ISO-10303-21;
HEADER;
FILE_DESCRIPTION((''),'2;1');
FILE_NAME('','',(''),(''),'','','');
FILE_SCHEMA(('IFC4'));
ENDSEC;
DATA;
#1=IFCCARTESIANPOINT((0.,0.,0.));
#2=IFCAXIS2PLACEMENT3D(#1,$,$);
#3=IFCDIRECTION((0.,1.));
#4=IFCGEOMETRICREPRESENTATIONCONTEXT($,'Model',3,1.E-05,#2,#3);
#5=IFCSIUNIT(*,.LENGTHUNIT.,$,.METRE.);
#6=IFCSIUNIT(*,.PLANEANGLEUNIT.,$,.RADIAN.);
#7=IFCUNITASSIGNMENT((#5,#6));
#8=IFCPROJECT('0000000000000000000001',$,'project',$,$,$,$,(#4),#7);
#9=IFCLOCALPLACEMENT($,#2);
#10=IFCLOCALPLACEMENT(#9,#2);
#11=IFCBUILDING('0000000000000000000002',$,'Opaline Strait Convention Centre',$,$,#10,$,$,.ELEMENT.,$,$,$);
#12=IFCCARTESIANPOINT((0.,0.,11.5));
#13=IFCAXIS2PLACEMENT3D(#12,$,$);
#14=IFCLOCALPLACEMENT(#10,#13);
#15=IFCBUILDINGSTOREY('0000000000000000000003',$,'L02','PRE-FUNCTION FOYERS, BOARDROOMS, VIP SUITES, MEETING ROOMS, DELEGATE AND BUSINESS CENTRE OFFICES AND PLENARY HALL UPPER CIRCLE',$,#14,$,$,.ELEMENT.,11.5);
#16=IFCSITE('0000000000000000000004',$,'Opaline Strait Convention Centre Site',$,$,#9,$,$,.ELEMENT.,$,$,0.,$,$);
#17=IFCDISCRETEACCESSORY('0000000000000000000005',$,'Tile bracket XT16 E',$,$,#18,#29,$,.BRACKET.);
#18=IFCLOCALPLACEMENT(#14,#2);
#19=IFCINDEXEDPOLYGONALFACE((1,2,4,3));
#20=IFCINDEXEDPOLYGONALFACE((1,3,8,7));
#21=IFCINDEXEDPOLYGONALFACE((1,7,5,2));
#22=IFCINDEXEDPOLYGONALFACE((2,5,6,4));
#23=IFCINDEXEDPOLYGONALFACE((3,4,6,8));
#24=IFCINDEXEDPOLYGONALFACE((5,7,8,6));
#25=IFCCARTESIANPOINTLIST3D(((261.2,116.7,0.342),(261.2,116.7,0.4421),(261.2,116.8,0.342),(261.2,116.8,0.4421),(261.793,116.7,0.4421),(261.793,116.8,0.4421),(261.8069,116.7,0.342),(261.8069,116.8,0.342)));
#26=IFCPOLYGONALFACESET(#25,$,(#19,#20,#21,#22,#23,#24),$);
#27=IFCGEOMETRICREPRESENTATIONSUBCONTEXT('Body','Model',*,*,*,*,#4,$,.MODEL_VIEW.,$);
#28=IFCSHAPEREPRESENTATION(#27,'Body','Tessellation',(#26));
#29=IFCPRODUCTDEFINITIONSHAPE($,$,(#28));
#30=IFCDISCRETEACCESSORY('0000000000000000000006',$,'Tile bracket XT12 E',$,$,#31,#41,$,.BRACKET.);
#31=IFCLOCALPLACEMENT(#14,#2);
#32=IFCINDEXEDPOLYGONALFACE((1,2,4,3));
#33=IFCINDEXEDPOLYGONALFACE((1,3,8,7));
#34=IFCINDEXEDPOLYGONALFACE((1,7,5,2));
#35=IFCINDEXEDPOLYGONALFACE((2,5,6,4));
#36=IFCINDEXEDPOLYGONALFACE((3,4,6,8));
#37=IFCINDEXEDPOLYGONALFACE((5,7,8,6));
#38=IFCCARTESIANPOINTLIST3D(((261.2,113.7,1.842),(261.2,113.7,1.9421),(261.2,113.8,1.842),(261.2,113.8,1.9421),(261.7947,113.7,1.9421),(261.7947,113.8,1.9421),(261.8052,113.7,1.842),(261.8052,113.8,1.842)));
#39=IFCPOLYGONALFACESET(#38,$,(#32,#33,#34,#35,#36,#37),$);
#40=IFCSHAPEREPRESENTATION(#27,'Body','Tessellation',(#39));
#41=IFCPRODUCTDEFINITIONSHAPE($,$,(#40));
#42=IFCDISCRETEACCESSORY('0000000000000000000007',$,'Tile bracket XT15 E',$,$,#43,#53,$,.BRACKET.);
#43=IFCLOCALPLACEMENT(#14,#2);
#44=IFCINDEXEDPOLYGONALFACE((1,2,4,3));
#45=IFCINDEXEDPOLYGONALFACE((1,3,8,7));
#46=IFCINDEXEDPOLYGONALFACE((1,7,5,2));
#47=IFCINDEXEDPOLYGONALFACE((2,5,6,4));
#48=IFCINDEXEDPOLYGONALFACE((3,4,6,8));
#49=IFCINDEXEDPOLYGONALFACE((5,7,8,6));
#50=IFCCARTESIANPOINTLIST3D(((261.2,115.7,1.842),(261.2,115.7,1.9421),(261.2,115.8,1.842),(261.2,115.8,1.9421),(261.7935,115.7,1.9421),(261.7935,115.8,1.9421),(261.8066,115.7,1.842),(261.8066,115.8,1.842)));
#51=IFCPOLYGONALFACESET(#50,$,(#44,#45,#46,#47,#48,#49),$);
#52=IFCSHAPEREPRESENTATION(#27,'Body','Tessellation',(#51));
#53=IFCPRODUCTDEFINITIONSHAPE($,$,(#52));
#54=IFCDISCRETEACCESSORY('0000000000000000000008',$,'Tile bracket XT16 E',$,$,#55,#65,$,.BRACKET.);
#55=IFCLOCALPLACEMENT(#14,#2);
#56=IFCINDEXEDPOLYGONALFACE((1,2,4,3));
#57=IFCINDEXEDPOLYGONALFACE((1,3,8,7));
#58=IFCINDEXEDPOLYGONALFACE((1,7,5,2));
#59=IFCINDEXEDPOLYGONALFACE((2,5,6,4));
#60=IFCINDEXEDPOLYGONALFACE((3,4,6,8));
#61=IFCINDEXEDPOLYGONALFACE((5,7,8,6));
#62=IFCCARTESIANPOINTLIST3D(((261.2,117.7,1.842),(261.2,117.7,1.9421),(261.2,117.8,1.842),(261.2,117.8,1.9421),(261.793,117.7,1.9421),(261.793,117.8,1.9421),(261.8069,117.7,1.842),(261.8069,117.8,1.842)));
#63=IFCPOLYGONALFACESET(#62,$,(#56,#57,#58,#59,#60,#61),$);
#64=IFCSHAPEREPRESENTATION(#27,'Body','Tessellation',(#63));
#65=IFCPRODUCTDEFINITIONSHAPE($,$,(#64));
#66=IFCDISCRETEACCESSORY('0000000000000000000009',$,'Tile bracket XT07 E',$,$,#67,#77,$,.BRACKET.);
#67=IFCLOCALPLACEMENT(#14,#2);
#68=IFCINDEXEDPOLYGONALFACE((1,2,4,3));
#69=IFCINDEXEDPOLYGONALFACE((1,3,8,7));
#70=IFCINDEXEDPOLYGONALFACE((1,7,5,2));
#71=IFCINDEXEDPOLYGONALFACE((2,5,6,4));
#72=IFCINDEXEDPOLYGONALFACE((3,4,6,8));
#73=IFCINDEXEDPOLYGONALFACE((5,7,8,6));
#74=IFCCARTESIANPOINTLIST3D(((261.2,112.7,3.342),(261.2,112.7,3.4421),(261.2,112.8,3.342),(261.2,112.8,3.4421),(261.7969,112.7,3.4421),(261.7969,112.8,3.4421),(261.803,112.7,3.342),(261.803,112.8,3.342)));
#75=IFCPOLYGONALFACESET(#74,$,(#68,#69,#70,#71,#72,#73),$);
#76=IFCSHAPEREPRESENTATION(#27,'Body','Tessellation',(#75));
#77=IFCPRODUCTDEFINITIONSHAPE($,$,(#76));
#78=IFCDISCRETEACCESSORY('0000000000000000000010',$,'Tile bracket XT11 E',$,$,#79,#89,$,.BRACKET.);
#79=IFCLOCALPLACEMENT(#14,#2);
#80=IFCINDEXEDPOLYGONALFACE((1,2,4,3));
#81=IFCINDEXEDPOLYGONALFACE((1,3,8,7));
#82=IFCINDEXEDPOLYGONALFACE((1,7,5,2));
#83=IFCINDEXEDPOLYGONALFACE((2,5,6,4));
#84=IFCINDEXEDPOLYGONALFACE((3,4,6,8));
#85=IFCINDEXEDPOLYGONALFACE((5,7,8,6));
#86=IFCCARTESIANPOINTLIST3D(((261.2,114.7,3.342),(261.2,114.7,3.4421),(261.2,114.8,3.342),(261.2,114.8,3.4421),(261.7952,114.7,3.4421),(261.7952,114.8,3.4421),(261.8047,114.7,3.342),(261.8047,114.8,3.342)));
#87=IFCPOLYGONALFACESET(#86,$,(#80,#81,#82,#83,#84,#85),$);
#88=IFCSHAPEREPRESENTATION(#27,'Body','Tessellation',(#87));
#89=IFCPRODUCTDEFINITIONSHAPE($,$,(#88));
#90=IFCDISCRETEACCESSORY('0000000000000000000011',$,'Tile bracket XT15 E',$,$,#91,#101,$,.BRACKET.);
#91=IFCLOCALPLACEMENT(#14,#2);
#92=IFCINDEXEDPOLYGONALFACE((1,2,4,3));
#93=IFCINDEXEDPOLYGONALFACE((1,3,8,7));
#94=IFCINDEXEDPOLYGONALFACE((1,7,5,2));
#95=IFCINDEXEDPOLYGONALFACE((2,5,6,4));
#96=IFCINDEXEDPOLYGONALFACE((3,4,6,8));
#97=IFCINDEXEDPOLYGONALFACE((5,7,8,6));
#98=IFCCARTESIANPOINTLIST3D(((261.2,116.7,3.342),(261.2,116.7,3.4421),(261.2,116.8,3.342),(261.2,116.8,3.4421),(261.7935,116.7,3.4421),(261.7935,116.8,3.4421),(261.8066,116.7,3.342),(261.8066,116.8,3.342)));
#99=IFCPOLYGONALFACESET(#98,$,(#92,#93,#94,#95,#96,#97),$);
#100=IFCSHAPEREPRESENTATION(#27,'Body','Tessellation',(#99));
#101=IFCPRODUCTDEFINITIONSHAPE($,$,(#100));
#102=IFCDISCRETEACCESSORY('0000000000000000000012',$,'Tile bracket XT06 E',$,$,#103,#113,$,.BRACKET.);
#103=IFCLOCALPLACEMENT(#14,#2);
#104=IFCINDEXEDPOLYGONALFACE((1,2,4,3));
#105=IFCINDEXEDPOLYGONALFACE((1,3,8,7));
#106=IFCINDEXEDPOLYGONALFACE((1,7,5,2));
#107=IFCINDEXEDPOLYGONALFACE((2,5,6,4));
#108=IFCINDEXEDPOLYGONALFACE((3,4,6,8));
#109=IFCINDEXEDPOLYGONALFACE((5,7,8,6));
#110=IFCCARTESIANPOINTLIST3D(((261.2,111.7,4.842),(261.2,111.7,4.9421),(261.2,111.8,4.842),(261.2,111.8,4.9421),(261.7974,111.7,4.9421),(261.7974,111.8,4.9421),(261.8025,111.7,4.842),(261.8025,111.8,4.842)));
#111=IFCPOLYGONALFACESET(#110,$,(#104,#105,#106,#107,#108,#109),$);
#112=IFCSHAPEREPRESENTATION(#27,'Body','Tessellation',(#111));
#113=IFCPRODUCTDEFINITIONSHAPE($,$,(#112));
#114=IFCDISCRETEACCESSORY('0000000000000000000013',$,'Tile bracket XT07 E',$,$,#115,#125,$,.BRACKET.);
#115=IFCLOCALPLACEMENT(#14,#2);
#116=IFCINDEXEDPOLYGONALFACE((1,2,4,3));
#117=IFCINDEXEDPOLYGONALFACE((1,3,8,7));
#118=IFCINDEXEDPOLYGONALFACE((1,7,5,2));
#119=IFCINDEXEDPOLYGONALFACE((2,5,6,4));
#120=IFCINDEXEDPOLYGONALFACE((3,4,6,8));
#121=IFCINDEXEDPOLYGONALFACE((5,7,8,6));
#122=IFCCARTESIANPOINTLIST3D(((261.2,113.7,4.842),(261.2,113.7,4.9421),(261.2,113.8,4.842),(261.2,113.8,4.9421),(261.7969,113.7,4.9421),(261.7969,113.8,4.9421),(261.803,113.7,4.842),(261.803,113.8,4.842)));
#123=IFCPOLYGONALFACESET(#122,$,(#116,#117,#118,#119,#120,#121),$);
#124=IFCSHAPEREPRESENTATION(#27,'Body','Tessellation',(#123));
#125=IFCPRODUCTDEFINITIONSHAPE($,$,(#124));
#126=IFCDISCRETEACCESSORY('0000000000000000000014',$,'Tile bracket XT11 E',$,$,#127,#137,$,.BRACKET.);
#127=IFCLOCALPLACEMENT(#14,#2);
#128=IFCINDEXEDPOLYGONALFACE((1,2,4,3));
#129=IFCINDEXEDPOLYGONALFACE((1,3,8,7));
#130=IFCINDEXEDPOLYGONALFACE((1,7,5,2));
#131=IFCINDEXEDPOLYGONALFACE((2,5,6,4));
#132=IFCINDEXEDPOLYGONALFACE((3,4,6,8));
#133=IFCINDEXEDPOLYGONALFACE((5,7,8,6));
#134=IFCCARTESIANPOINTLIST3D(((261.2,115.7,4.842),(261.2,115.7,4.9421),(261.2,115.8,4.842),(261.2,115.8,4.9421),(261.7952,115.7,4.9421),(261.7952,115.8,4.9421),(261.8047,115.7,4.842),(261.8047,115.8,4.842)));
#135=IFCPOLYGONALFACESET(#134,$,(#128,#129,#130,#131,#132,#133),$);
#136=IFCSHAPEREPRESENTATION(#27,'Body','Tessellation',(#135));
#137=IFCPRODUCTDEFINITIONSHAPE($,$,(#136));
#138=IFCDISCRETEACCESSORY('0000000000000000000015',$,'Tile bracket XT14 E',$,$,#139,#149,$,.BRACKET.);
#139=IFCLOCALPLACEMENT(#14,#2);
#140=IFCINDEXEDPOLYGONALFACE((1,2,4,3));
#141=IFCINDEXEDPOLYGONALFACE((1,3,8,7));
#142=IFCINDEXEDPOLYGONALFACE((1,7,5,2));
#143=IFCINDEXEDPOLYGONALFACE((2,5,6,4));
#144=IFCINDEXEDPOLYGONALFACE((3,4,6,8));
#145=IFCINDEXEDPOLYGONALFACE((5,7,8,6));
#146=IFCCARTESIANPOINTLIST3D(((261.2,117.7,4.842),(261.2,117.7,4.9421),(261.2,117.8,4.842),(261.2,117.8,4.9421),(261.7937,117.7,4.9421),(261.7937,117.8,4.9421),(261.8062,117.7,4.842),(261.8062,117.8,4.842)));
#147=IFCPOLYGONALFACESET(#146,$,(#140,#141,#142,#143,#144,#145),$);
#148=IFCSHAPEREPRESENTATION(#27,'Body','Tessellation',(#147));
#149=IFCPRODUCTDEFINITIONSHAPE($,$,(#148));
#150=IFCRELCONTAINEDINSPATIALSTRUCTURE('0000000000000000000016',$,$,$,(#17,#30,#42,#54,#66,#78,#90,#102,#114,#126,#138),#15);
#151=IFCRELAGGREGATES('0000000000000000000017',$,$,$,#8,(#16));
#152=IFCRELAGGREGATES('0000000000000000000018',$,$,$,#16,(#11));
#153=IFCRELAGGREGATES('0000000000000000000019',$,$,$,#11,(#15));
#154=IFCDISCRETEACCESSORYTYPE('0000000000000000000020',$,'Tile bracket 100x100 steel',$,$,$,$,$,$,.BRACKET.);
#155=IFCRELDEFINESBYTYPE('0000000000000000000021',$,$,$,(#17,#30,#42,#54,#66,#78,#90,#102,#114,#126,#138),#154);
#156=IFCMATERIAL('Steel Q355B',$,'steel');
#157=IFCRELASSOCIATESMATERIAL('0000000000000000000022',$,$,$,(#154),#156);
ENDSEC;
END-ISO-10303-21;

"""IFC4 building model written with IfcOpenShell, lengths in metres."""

from ifc_helpers import new_model, si_unit, direction, frame, origin, place, context, subcontext, project, spatial, polyline, outline, extrude, material, type_object, element, save


model = new_model("IFC4")

# Units and contexts
model_context = context("Model", 3, precision=1e-05, world=origin(), true_north=direction((0.0, 1.0)))
body_context = subcontext(model_context, "Body", "Model", "MODEL_VIEW")
ifc_project = project(units=[si_unit("LENGTHUNIT", "METRE"), si_unit("PLANEANGLEUNIT", "RADIAN")], contexts=[model_context])

# Site, building, storey
site_placement = place(None, origin())
site = spatial("IfcSite", under=ifc_project, at=site_placement, Name="Opaline Strait Convention Centre Site", CompositionType="ELEMENT", RefElevation=0.0)
building_placement = place(site_placement, origin())
building = spatial("IfcBuilding", under=site, at=building_placement, Name="Opaline Strait Convention Centre", CompositionType="ELEMENT")
storey_placement = place(building_placement, frame((0.0, 0.0, 11.5)))
storey = spatial("IfcBuildingStorey", under=building, at=storey_placement, Name="L02", Description="PRE-FUNCTION FOYERS, BOARDROOMS, VIP SUITES, MEETING ROOMS, DELEGATE AND BUSINESS CENTRE OFFICES AND PLENARY HALL UPPER CIRCLE", CompositionType="ELEMENT", Elevation=11.5)

# Discrete accessories
ifc_material_1 = material(Name="Steel Q355B", Category="steel")
discrete_accessory_type = type_object("IfcDiscreteAccessoryType", Name="Tile bracket 100x100 steel", PredefinedType="BRACKET", material=ifc_material_1)
discrete_accessory_1_placement = place(storey_placement, frame((261.2, 116.7, 0.3921), z_axis=(0.0, 1.0, 0.0), x_axis=(-1.0, 0.0, 0.0)))
element("IfcDiscreteAccessory", 1, at=discrete_accessory_1_placement, inside=storey, type_object=discrete_accessory_type, Name="Tile bracket XT16 E", PredefinedType="BRACKET", context=body_context, shape_type="SweptSolid", body=[
    extrude(outline(polyline([(0.0, -0.05), (0.0, 0.05), (-0.593, 0.05), (-0.6069, -0.05), (0.0, -0.05)])), origin(), (0.0, 0.0, 1.0), 0.1001),
])
discrete_accessory_2_placement = place(storey_placement, frame((261.2, 113.7, 1.8921), z_axis=(0.0, 1.0, 0.0), x_axis=(-1.0, 0.0, 0.0)))
element("IfcDiscreteAccessory", 2, at=discrete_accessory_2_placement, inside=storey, type_object=discrete_accessory_type, Name="Tile bracket XT12 E", PredefinedType="BRACKET", context=body_context, shape_type="SweptSolid", body=[
    extrude(outline(polyline([(0.0, -0.05), (0.0, 0.05), (-0.5947, 0.05), (-0.6052, -0.05), (0.0, -0.05)])), origin(), (0.0, 0.0, 1.0), 0.1001),
])
discrete_accessory_3_placement = place(storey_placement, frame((261.2, 115.7, 1.8921), z_axis=(0.0, 1.0, 0.0), x_axis=(-1.0, 0.0, 0.0)))
element("IfcDiscreteAccessory", 3, at=discrete_accessory_3_placement, inside=storey, type_object=discrete_accessory_type, Name="Tile bracket XT15 E", PredefinedType="BRACKET", context=body_context, shape_type="SweptSolid", body=[
    extrude(outline(polyline([(0.0, -0.05), (0.0, 0.05), (-0.5935, 0.05), (-0.6067, -0.05), (0.0, -0.05)])), origin(), (0.0, 0.0, 1.0), 0.1001),
])
discrete_accessory_4_placement = place(storey_placement, frame((261.2, 117.7, 1.8921), z_axis=(0.0, 1.0, 0.0), x_axis=(-1.0, 0.0, 0.0)))
element("IfcDiscreteAccessory", 4, at=discrete_accessory_4_placement, inside=storey, type_object=discrete_accessory_type, Name="Tile bracket XT16 E", PredefinedType="BRACKET", context=body_context, shape_type="SweptSolid", body=[
    extrude(outline(polyline([(0.0, -0.05), (0.0, 0.05), (-0.593, 0.05), (-0.6069, -0.05), (0.0, -0.05)])), origin(), (0.0, 0.0, 1.0), 0.1001),
])
discrete_accessory_5_placement = place(storey_placement, frame((261.2, 112.7, 3.3921), z_axis=(0.0, 1.0, 0.0), x_axis=(-1.0, 0.0, 0.0)))
element("IfcDiscreteAccessory", 5, at=discrete_accessory_5_placement, inside=storey, type_object=discrete_accessory_type, Name="Tile bracket XT07 E", PredefinedType="BRACKET", context=body_context, shape_type="SweptSolid", body=[
    extrude(outline(polyline([(0.0, -0.05), (0.0, 0.05), (-0.5969, 0.05), (-0.603, -0.05), (0.0, -0.05)])), origin(), (0.0, 0.0, 1.0), 0.1001),
])
discrete_accessory_6_placement = place(storey_placement, frame((261.2, 114.7, 3.3921), z_axis=(0.0, 1.0, 0.0), x_axis=(-1.0, 0.0, 0.0)))
element("IfcDiscreteAccessory", 6, at=discrete_accessory_6_placement, inside=storey, type_object=discrete_accessory_type, Name="Tile bracket XT11 E", PredefinedType="BRACKET", context=body_context, shape_type="SweptSolid", body=[
    extrude(outline(polyline([(0.0, -0.05), (0.0, 0.05), (-0.5952, 0.05), (-0.6047, -0.05), (0.0, -0.05)])), origin(), (0.0, 0.0, 1.0), 0.1001),
])
discrete_accessory_7_placement = place(storey_placement, frame((261.2, 116.7, 3.3921), z_axis=(0.0, 1.0, 0.0), x_axis=(-1.0, 0.0, 0.0)))
element("IfcDiscreteAccessory", 7, at=discrete_accessory_7_placement, inside=storey, type_object=discrete_accessory_type, Name="Tile bracket XT15 E", PredefinedType="BRACKET", context=body_context, shape_type="SweptSolid", body=[
    extrude(outline(polyline([(0.0, -0.05), (0.0, 0.05), (-0.5935, 0.05), (-0.6067, -0.05), (0.0, -0.05)])), origin(), (0.0, 0.0, 1.0), 0.1001),
])
discrete_accessory_8_placement = place(storey_placement, frame((261.2, 111.7, 4.8921), z_axis=(0.0, 1.0, 0.0), x_axis=(-1.0, 0.0, 0.0)))
element("IfcDiscreteAccessory", 8, at=discrete_accessory_8_placement, inside=storey, type_object=discrete_accessory_type, Name="Tile bracket XT06 E", PredefinedType="BRACKET", context=body_context, shape_type="SweptSolid", body=[
    extrude(outline(polyline([(0.0, -0.05), (0.0, 0.05), (-0.5974, 0.05), (-0.6025, -0.05), (0.0, -0.05)])), origin(), (0.0, 0.0, 1.0), 0.1001),
])
discrete_accessory_9_placement = place(storey_placement, frame((261.2, 113.7, 4.8921), z_axis=(0.0, 1.0, 0.0), x_axis=(-1.0, 0.0, 0.0)))
element("IfcDiscreteAccessory", 9, at=discrete_accessory_9_placement, inside=storey, type_object=discrete_accessory_type, Name="Tile bracket XT07 E", PredefinedType="BRACKET", context=body_context, shape_type="SweptSolid", body=[
    extrude(outline(polyline([(0.0, -0.05), (0.0, 0.05), (-0.5969, 0.05), (-0.603, -0.05), (0.0, -0.05)])), origin(), (0.0, 0.0, 1.0), 0.1001),
])
discrete_accessory_10_placement = place(storey_placement, frame((261.2, 115.7, 4.8921), z_axis=(0.0, 1.0, 0.0), x_axis=(-1.0, 0.0, 0.0)))
element("IfcDiscreteAccessory", 10, at=discrete_accessory_10_placement, inside=storey, type_object=discrete_accessory_type, Name="Tile bracket XT11 E", PredefinedType="BRACKET", context=body_context, shape_type="SweptSolid", body=[
    extrude(outline(polyline([(0.0, -0.05), (0.0, 0.05), (-0.5952, 0.05), (-0.6047, -0.05), (0.0, -0.05)])), origin(), (0.0, 0.0, 1.0), 0.1001),
])
discrete_accessory_11_placement = place(storey_placement, frame((261.2, 117.7, 4.8921), z_axis=(0.0, 1.0, 0.0), x_axis=(-1.0, 0.0, 0.0)))
element("IfcDiscreteAccessory", 11, at=discrete_accessory_11_placement, inside=storey, type_object=discrete_accessory_type, Name="Tile bracket XT14 E", PredefinedType="BRACKET", context=body_context, shape_type="SweptSolid", body=[
    extrude(outline(polyline([(0.0, -0.05), (0.0, 0.05), (-0.5938, 0.05), (-0.6062, -0.05), (0.0, -0.05)])), origin(), (0.0, 0.0, 1.0), 0.1001),
])

save(model, "model.ifc")
